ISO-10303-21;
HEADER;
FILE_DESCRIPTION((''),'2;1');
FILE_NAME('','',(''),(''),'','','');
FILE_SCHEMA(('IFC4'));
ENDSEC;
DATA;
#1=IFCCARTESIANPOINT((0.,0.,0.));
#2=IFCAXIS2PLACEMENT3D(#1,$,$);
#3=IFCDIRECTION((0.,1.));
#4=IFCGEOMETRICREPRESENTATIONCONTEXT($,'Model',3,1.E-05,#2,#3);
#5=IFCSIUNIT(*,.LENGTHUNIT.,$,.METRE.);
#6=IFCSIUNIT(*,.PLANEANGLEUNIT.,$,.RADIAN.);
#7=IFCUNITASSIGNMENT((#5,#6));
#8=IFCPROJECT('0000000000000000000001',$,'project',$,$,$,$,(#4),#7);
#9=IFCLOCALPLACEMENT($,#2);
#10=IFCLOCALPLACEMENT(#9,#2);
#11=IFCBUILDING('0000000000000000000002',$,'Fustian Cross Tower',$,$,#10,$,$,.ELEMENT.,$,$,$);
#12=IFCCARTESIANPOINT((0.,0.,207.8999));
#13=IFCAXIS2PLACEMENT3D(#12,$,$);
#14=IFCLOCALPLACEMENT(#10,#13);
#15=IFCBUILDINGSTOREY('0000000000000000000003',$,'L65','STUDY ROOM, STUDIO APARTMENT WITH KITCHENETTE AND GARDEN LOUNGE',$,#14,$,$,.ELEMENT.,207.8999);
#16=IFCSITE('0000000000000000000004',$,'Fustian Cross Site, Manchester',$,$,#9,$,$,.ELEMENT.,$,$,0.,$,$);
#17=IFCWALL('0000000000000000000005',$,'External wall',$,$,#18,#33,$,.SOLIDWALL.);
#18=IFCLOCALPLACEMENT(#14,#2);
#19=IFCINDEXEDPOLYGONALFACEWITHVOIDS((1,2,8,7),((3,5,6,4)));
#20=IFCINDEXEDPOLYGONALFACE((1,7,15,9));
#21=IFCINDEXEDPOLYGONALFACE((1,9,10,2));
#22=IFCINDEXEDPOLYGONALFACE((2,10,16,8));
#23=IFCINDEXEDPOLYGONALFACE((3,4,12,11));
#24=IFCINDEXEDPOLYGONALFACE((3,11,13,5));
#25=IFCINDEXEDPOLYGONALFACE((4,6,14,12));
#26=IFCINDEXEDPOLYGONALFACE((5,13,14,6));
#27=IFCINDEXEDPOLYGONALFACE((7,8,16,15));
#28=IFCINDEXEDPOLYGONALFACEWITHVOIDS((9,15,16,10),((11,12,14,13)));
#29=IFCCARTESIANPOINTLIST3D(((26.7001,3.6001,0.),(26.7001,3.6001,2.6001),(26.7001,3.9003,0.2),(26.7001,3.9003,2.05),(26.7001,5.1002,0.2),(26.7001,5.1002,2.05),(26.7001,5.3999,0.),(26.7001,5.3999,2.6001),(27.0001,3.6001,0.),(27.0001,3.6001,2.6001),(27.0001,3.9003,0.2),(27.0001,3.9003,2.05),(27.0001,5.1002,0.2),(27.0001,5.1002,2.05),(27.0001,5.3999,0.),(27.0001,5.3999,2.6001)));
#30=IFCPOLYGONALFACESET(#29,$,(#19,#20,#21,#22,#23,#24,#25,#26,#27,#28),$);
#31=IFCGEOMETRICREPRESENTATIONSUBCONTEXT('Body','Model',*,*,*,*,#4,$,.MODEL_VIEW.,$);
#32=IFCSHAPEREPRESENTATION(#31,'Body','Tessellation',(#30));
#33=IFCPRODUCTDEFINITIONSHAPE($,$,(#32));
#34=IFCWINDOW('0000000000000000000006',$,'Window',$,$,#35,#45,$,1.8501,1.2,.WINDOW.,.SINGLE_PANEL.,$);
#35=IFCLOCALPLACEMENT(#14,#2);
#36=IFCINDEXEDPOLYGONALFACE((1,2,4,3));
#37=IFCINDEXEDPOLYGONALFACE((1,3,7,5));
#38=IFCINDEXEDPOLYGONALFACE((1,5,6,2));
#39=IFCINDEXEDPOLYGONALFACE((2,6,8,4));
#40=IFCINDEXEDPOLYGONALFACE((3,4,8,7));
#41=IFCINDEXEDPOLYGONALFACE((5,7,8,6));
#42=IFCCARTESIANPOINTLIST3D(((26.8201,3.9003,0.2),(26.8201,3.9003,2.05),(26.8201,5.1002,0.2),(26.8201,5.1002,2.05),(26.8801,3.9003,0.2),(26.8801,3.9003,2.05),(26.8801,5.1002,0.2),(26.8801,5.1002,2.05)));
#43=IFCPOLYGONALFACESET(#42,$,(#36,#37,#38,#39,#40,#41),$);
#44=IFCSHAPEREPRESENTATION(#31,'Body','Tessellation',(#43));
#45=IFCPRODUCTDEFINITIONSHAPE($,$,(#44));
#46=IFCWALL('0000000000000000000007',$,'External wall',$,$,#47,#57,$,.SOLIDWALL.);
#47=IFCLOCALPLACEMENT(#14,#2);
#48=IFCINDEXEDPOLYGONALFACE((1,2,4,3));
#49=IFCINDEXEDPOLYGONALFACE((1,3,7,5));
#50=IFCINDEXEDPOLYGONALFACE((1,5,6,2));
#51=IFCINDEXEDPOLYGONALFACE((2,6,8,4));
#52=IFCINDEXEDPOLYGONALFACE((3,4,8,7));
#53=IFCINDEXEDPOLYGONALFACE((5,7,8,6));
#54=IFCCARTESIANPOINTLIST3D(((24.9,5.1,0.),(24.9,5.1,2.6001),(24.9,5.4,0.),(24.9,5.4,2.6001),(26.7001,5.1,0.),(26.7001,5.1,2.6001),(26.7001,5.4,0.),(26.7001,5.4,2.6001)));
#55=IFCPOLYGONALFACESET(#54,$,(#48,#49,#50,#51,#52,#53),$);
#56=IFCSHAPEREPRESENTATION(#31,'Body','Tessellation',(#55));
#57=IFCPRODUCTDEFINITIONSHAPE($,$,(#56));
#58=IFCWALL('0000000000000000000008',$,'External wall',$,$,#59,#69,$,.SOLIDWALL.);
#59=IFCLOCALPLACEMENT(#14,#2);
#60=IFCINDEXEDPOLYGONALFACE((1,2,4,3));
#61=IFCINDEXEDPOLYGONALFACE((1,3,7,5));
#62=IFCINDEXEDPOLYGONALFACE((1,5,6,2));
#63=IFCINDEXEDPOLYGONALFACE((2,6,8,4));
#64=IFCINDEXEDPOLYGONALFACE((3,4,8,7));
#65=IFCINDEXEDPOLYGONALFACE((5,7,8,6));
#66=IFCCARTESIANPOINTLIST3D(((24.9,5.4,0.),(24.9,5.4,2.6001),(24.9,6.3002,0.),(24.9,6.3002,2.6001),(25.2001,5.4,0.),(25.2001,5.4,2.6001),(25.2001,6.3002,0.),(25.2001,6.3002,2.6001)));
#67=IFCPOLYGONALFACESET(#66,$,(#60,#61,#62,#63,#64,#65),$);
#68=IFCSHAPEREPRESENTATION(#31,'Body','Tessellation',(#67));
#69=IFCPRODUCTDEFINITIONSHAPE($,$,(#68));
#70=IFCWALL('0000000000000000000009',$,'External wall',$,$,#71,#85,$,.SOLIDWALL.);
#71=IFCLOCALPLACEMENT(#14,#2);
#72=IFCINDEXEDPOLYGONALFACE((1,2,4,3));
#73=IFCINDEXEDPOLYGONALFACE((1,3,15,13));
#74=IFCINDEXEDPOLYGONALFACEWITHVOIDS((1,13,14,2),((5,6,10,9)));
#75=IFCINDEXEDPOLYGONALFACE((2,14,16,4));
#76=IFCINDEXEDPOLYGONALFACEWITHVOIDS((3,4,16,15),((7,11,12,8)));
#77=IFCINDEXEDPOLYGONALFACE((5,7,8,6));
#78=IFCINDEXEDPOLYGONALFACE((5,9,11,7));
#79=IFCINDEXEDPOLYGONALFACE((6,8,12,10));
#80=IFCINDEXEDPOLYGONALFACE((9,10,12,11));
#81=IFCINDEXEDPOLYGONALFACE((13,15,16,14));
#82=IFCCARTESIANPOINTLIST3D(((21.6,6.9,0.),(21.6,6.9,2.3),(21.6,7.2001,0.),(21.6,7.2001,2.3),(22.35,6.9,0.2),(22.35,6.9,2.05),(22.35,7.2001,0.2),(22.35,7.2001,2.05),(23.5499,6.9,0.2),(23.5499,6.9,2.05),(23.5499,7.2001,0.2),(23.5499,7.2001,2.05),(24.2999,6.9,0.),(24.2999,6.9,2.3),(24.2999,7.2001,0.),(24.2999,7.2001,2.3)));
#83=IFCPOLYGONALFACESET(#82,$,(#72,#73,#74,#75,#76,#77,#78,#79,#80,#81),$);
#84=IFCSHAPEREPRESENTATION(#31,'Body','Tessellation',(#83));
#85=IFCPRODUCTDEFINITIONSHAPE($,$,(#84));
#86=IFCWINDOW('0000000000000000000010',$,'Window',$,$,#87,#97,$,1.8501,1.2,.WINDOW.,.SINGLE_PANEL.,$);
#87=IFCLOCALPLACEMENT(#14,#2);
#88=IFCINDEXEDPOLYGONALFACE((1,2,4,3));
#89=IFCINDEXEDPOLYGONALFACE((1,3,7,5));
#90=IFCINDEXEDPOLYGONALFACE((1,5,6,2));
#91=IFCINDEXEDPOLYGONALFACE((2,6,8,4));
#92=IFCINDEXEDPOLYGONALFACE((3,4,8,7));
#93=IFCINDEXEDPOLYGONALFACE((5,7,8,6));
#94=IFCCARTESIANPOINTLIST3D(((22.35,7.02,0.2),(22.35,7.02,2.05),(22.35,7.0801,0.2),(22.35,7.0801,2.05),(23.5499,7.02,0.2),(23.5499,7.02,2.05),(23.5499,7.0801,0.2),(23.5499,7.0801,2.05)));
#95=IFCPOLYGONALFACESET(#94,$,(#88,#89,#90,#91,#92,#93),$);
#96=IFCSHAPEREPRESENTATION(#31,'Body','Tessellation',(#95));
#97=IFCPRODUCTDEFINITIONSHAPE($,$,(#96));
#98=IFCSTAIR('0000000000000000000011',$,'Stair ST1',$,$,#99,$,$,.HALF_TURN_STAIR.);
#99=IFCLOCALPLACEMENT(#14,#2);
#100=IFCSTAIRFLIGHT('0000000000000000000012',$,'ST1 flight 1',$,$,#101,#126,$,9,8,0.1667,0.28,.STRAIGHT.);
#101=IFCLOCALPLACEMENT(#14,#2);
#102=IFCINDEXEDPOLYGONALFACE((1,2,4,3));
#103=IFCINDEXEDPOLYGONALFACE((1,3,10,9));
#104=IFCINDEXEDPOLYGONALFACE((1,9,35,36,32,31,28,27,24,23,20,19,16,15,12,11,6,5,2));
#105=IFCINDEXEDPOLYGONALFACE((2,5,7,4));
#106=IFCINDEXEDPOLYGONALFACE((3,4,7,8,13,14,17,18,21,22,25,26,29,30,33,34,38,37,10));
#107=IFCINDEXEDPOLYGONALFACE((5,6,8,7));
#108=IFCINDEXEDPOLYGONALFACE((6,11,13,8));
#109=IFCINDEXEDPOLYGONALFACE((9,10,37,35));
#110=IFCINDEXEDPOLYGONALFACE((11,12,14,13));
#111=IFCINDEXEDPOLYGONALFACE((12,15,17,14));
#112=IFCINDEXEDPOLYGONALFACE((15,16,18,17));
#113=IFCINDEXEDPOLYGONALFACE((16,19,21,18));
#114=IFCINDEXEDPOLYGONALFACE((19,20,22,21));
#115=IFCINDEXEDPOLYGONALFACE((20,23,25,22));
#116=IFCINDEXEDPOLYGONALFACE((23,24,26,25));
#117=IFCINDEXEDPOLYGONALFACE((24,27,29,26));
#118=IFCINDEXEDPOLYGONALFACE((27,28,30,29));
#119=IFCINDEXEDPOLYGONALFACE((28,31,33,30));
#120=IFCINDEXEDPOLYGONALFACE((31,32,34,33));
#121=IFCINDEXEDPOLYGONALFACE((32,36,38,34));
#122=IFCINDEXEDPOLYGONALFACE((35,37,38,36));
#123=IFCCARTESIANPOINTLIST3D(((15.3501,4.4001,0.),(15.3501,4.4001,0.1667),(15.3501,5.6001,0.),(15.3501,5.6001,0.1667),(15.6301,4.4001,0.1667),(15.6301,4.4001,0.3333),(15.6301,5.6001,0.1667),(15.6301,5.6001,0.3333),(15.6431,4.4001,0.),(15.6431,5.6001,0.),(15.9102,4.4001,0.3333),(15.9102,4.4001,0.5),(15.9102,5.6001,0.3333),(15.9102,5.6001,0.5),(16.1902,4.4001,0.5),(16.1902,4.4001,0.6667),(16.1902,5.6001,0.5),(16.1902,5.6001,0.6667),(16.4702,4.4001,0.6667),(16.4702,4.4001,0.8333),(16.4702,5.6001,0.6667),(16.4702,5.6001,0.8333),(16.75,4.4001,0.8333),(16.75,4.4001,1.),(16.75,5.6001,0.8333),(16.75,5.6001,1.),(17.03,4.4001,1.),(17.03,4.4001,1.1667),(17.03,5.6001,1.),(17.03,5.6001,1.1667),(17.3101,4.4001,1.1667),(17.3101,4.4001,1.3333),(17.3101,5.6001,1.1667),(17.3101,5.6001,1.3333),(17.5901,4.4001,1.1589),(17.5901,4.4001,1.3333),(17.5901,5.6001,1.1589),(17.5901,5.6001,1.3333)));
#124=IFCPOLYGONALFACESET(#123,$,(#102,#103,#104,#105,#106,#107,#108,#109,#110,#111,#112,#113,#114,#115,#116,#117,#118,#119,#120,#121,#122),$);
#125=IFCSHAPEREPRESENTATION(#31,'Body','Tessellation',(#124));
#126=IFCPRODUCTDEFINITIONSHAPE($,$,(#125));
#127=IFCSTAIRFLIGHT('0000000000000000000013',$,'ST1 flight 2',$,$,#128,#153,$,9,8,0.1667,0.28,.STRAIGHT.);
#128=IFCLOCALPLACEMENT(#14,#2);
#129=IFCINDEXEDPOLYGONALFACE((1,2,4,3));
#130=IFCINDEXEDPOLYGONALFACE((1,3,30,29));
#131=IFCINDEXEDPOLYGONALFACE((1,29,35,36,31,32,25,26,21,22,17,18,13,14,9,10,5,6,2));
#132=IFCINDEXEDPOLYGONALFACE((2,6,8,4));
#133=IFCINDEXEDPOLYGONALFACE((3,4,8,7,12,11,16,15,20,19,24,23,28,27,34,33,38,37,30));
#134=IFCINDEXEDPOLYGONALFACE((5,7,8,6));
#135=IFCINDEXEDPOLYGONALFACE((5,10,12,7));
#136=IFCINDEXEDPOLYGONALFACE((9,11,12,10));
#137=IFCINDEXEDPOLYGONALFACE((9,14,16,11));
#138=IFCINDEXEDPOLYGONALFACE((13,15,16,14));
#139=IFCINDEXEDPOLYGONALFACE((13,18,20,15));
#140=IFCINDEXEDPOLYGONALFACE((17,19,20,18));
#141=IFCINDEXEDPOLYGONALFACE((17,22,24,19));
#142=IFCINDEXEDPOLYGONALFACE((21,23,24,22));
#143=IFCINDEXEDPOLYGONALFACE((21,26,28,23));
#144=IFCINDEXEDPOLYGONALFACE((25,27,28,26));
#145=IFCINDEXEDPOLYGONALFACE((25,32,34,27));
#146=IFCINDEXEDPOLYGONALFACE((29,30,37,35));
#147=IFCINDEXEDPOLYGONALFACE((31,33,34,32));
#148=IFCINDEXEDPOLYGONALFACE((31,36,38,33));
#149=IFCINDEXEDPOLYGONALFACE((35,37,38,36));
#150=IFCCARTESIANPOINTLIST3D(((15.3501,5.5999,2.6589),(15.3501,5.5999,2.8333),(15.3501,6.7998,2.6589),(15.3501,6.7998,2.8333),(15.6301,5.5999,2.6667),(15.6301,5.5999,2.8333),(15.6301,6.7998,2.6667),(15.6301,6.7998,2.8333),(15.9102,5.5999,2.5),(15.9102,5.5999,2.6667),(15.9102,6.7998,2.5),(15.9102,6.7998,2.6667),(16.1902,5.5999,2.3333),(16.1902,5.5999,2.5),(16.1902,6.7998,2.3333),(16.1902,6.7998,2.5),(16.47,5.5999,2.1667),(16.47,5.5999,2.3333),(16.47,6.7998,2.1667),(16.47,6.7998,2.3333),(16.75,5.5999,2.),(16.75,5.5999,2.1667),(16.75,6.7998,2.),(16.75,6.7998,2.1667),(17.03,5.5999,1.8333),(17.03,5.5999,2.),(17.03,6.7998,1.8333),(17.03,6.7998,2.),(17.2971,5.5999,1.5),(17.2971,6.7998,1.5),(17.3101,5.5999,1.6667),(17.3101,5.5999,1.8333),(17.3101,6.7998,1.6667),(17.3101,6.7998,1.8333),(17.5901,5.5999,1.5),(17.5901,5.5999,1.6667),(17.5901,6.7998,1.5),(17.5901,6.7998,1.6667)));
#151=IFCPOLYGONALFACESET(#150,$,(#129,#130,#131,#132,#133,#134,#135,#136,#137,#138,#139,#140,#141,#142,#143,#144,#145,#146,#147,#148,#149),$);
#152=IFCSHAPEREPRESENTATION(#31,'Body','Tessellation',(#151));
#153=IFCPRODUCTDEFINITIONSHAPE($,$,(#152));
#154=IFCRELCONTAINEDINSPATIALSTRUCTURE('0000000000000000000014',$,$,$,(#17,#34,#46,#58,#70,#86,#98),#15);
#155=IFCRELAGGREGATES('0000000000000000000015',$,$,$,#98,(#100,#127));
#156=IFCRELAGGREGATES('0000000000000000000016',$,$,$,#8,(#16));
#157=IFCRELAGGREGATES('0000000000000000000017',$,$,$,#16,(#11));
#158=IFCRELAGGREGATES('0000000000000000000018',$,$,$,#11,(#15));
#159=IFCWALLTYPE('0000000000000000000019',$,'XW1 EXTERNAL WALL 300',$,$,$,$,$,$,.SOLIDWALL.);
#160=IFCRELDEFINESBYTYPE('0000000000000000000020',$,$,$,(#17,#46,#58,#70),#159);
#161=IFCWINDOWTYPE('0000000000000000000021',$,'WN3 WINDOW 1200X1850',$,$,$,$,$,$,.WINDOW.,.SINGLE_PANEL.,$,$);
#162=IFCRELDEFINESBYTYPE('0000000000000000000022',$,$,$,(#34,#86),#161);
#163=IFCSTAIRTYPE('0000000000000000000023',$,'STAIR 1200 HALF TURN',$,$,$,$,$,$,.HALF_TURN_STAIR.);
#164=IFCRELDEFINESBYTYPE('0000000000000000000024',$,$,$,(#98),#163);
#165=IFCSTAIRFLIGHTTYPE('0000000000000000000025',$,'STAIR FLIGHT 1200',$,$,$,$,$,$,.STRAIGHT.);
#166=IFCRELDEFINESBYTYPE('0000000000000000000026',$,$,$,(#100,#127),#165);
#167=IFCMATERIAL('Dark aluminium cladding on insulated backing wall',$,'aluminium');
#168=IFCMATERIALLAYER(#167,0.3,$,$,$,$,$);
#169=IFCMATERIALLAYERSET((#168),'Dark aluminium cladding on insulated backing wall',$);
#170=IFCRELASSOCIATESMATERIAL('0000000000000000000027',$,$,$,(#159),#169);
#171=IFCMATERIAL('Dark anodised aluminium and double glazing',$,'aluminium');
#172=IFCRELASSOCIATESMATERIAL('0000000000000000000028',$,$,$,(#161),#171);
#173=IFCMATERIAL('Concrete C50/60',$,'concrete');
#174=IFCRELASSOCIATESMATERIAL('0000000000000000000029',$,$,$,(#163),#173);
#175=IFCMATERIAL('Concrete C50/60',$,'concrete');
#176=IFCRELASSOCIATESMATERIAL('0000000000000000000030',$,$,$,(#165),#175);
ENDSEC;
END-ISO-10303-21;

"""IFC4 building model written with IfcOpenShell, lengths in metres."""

from ifc_helpers import new_model, si_unit, direction, frame, frame_2d, origin, place, context, subcontext, project, spatial, polyline, rectangle, outline, extrude, material, layer, layer_set, type_object, element, fill, aggregate, save


model = new_model("IFC4")

# Units and contexts
model_context = context("Model", 3, precision=1e-05, world=origin(), true_north=direction((0.0, 1.0)))
body_context = subcontext(model_context, "Body", "Model", "MODEL_VIEW")
ifc_project = project(units=[si_unit("LENGTHUNIT", "METRE"), si_unit("PLANEANGLEUNIT", "RADIAN")], contexts=[model_context])

# Site, building, storey
site_placement = place(None, origin())
site = spatial("IfcSite", under=ifc_project, at=site_placement, Name="Fustian Cross Site, Manchester", CompositionType="ELEMENT", RefElevation=0.0)
building_placement = place(site_placement, origin())
building = spatial("IfcBuilding", under=site, at=building_placement, Name="Fustian Cross Tower", CompositionType="ELEMENT")
storey_placement = place(building_placement, frame((0.0, 0.0, 207.8999)))
storey = spatial("IfcBuildingStorey", under=building, at=storey_placement, Name="L65", Description="STUDY ROOM, STUDIO APARTMENT WITH KITCHENETTE AND GARDEN LOUNGE", CompositionType="ELEMENT", Elevation=207.8999)

# Shared definitions
ifc_material_1 = material(Name="Dark aluminium cladding on insulated backing wall", Category="aluminium")
ifc_layer_1 = layer(ifc_material_1, 0.3)
ifc_layer_set_1 = layer_set([ifc_layer_1], Name="Dark aluminium cladding on insulated backing wall")
wall_type_1 = type_object("IfcWallType", Name="XW1 EXTERNAL WALL 300", PredefinedType="SOLIDWALL", material=ifc_layer_set_1)

# Wall, opening, window
wall_1_placement = place(storey_placement, frame((26.8501, 3.6001, 0.0), z_axis=(0.0, 0.0, 1.0), x_axis=(0.0, 1.0, 0.0)))
wall_1 = element("IfcWall", 1, at=wall_1_placement, inside=storey, type_object=wall_type_1, Name="External wall", PredefinedType="SOLIDWALL", context=body_context, shape_type="SweptSolid", body=[
    extrude(rectangle(XDim=1.7998, YDim=0.3, at=frame_2d((0.8999, 0.0))), origin(), (0.0, 0.0, 1.0), 2.6001),
])
opening_1_placement = place(wall_1_placement, frame((0.3, 0.0, 0.2)))
opening_1 = element("IfcOpeningElement", 2, at=opening_1_placement, cuts=wall_1, PredefinedType="OPENING", context=body_context, shape_type="SweptSolid", body=[
    extrude(rectangle(XDim=1.2, YDim=1.8501, at=frame_2d((0.6001, 0.925))), frame((0.0, 0.1599, 0.0), z_axis=(0.0, -1.0, 0.0), x_axis=(1.0, 0.0, 0.0)), (0.0, 0.0, 1.0), 0.3201),
])
ifc_material_2 = material(Name="Dark anodised aluminium and double glazing", Category="aluminium")
window_type = type_object("IfcWindowType", Name="WN3 WINDOW 1200X1850", PartitioningType="SINGLE_PANEL", PredefinedType="WINDOW", material=ifc_material_2)
window_1_placement = place(opening_1_placement, origin())
window_1 = element("IfcWindow", 3, at=window_1_placement, inside=storey, type_object=window_type, Name="Window", OverallHeight=1.8501, OverallWidth=1.2, PartitioningType="SINGLE_PANEL", PredefinedType="WINDOW", context=body_context, shape_type="SweptSolid", body=[
    extrude(rectangle(XDim=1.2, YDim=1.8501, at=frame_2d((0.6001, 0.925))), frame((0.0, 0.03, 0.0), z_axis=(0.0, -1.0, 0.0), x_axis=(1.0, 0.0, 0.0)), (0.0, 0.0, 1.0), 0.0601),
])
fill(opening_1, window_1)

# Walls
wall_2_placement = place(storey_placement, frame((26.7, 5.25, 0.0), z_axis=(0.0, 0.0, 1.0), x_axis=(-1.0, 0.0, 0.0)))
element("IfcWall", 4, at=wall_2_placement, inside=storey, type_object=wall_type_1, Name="External wall", PredefinedType="SOLIDWALL", context=body_context, shape_type="SweptSolid", body=[
    extrude(rectangle(XDim=1.8, YDim=0.3, at=frame_2d((0.8999, 0.0))), origin(), (0.0, 0.0, 1.0), 2.6001),
])
wall_3_placement = place(storey_placement, frame((25.05, 5.3999, 0.0), z_axis=(0.0, 0.0, 1.0), x_axis=(0.0, 1.0, 0.0)))
element("IfcWall", 5, at=wall_3_placement, inside=storey, type_object=wall_type_1, Name="External wall", PredefinedType="SOLIDWALL", context=body_context, shape_type="SweptSolid", body=[
    extrude(rectangle(XDim=0.9001, YDim=0.3, at=frame_2d((0.4502, 0.0))), origin(), (0.0, 0.0, 1.0), 2.6001),
])

# Wall, opening, window
wall_4_placement = place(storey_placement, frame((24.3, 7.05, 0.0), z_axis=(0.0, 0.0, 1.0), x_axis=(-1.0, 0.0, 0.0)))
wall_4 = element("IfcWall", 6, at=wall_4_placement, inside=storey, type_object=wall_type_1, Name="External wall", PredefinedType="SOLIDWALL", context=body_context, shape_type="SweptSolid", body=[
    extrude(rectangle(XDim=2.7, YDim=0.3, at=frame_2d((1.3501, 0.0))), origin(), (0.0, 0.0, 1.0), 2.3),
])
opening_2_placement = place(wall_4_placement, frame((0.75, 0.0, 0.2)))
opening_2 = element("IfcOpeningElement", 7, at=opening_2_placement, cuts=wall_4, PredefinedType="OPENING", context=body_context, shape_type="SweptSolid", body=[
    extrude(rectangle(XDim=1.2, YDim=1.8501, at=frame_2d((0.6001, 0.925))), frame((0.0, 0.1599, 0.0), z_axis=(0.0, -1.0, 0.0), x_axis=(1.0, 0.0, 0.0)), (0.0, 0.0, 1.0), 0.3201),
])
window_2_placement = place(opening_2_placement, origin())
window_2 = element("IfcWindow", 8, at=window_2_placement, inside=storey, type_object=window_type, Name="Window", OverallHeight=1.8501, OverallWidth=1.2, PartitioningType="SINGLE_PANEL", PredefinedType="WINDOW", context=body_context, shape_type="SweptSolid", body=[
    extrude(rectangle(XDim=1.2, YDim=1.8501, at=frame_2d((0.6001, 0.925))), frame((0.0, 0.03, 0.0), z_axis=(0.0, -1.0, 0.0), x_axis=(1.0, 0.0, 0.0)), (0.0, 0.0, 1.0), 0.0601),
])
fill(opening_2, window_2)

# Stair, stair flights
ifc_material_3 = material(Name="Concrete C50/60", Category="concrete")
stair_type = type_object("IfcStairType", Name="STAIR 1200 HALF TURN", PredefinedType="HALF_TURN_STAIR", material=ifc_material_3)
stair_placement = place(storey_placement, origin())
stair = element("IfcStair", 9, at=stair_placement, inside=storey, type_object=stair_type, Name="Stair ST1", PredefinedType="HALF_TURN_STAIR")
ifc_material_4 = material(Name="Concrete C50/60", Category="concrete")
stair_flight_type = type_object("IfcStairFlightType", Name="STAIR FLIGHT 1200", PredefinedType="STRAIGHT", material=ifc_material_4)
stair_flight_1_placement = place(storey_placement, frame((15.3501, 5.0, 0.0), z_axis=(0.0, 0.0, 1.0), x_axis=(1.0, 0.0, 0.0)))
stair_flight_1 = element("IfcStairFlight", 10, at=stair_flight_1_placement, type_object=stair_flight_type, Name="ST1 flight 1", NumberOfRisers=9, NumberOfTreads=8, PredefinedType="STRAIGHT", RiserHeight=0.1667, TreadLength=0.28, context=body_context, shape_type="SweptSolid", body=[
    extrude(outline(polyline([(0.0, 0.0), (0.0, 0.1667), (0.28, 0.1667), (0.28, 0.3333), (0.5601, 0.3333), (0.5601, 0.5), (0.8401, 0.5), (0.8401, 0.6667), (1.1201, 0.6667), (1.1201, 0.8333), (1.3999, 0.8333), (1.3999, 1.0), (1.6799, 1.0), (1.6799, 1.1667), (1.96, 1.1667), (1.96, 1.3333), (2.24, 1.3333), (2.24, 1.5), (2.24, 1.1589), (0.293, 0.0), (0.0, 0.0)])), frame((0.0, 0.6001, 0.0), z_axis=(0.0, -1.0, 0.0), x_axis=(1.0, 0.0, 0.0)), (0.0, 0.0, 1.0), 1.2),
])
stair_flight_2_placement = place(storey_placement, frame((17.5901, 6.2, 1.5), z_axis=(0.0, 0.0, 1.0), x_axis=(-1.0, 0.0, 0.0)))
stair_flight_2 = element("IfcStairFlight", 11, at=stair_flight_2_placement, type_object=stair_flight_type, Name="ST1 flight 2", NumberOfRisers=9, NumberOfTreads=8, PredefinedType="STRAIGHT", RiserHeight=0.1667, TreadLength=0.28, context=body_context, shape_type="SweptSolid", body=[
    extrude(outline(polyline([(0.0, 0.0), (0.0, 0.1667), (0.28, 0.1667), (0.28, 0.3333), (0.5601, 0.3333), (0.5601, 0.5), (0.8401, 0.5), (0.8401, 0.6667), (1.1201, 0.6667), (1.1201, 0.8333), (1.3999, 0.8333), (1.3999, 1.0), (1.6799, 1.0), (1.6799, 1.1667), (1.96, 1.1667), (1.96, 1.3333), (2.24, 1.3333), (2.24, 1.5), (2.24, 1.1589), (0.293, 0.0), (0.0, 0.0)])), frame((0.0, 0.6001, 0.0), z_axis=(0.0, -1.0, 0.0), x_axis=(1.0, 0.0, 0.0)), (0.0, 0.0, 1.0), 1.2),
])
aggregate(stair, [stair_flight_1, stair_flight_2])

save(model, "model.ifc")
